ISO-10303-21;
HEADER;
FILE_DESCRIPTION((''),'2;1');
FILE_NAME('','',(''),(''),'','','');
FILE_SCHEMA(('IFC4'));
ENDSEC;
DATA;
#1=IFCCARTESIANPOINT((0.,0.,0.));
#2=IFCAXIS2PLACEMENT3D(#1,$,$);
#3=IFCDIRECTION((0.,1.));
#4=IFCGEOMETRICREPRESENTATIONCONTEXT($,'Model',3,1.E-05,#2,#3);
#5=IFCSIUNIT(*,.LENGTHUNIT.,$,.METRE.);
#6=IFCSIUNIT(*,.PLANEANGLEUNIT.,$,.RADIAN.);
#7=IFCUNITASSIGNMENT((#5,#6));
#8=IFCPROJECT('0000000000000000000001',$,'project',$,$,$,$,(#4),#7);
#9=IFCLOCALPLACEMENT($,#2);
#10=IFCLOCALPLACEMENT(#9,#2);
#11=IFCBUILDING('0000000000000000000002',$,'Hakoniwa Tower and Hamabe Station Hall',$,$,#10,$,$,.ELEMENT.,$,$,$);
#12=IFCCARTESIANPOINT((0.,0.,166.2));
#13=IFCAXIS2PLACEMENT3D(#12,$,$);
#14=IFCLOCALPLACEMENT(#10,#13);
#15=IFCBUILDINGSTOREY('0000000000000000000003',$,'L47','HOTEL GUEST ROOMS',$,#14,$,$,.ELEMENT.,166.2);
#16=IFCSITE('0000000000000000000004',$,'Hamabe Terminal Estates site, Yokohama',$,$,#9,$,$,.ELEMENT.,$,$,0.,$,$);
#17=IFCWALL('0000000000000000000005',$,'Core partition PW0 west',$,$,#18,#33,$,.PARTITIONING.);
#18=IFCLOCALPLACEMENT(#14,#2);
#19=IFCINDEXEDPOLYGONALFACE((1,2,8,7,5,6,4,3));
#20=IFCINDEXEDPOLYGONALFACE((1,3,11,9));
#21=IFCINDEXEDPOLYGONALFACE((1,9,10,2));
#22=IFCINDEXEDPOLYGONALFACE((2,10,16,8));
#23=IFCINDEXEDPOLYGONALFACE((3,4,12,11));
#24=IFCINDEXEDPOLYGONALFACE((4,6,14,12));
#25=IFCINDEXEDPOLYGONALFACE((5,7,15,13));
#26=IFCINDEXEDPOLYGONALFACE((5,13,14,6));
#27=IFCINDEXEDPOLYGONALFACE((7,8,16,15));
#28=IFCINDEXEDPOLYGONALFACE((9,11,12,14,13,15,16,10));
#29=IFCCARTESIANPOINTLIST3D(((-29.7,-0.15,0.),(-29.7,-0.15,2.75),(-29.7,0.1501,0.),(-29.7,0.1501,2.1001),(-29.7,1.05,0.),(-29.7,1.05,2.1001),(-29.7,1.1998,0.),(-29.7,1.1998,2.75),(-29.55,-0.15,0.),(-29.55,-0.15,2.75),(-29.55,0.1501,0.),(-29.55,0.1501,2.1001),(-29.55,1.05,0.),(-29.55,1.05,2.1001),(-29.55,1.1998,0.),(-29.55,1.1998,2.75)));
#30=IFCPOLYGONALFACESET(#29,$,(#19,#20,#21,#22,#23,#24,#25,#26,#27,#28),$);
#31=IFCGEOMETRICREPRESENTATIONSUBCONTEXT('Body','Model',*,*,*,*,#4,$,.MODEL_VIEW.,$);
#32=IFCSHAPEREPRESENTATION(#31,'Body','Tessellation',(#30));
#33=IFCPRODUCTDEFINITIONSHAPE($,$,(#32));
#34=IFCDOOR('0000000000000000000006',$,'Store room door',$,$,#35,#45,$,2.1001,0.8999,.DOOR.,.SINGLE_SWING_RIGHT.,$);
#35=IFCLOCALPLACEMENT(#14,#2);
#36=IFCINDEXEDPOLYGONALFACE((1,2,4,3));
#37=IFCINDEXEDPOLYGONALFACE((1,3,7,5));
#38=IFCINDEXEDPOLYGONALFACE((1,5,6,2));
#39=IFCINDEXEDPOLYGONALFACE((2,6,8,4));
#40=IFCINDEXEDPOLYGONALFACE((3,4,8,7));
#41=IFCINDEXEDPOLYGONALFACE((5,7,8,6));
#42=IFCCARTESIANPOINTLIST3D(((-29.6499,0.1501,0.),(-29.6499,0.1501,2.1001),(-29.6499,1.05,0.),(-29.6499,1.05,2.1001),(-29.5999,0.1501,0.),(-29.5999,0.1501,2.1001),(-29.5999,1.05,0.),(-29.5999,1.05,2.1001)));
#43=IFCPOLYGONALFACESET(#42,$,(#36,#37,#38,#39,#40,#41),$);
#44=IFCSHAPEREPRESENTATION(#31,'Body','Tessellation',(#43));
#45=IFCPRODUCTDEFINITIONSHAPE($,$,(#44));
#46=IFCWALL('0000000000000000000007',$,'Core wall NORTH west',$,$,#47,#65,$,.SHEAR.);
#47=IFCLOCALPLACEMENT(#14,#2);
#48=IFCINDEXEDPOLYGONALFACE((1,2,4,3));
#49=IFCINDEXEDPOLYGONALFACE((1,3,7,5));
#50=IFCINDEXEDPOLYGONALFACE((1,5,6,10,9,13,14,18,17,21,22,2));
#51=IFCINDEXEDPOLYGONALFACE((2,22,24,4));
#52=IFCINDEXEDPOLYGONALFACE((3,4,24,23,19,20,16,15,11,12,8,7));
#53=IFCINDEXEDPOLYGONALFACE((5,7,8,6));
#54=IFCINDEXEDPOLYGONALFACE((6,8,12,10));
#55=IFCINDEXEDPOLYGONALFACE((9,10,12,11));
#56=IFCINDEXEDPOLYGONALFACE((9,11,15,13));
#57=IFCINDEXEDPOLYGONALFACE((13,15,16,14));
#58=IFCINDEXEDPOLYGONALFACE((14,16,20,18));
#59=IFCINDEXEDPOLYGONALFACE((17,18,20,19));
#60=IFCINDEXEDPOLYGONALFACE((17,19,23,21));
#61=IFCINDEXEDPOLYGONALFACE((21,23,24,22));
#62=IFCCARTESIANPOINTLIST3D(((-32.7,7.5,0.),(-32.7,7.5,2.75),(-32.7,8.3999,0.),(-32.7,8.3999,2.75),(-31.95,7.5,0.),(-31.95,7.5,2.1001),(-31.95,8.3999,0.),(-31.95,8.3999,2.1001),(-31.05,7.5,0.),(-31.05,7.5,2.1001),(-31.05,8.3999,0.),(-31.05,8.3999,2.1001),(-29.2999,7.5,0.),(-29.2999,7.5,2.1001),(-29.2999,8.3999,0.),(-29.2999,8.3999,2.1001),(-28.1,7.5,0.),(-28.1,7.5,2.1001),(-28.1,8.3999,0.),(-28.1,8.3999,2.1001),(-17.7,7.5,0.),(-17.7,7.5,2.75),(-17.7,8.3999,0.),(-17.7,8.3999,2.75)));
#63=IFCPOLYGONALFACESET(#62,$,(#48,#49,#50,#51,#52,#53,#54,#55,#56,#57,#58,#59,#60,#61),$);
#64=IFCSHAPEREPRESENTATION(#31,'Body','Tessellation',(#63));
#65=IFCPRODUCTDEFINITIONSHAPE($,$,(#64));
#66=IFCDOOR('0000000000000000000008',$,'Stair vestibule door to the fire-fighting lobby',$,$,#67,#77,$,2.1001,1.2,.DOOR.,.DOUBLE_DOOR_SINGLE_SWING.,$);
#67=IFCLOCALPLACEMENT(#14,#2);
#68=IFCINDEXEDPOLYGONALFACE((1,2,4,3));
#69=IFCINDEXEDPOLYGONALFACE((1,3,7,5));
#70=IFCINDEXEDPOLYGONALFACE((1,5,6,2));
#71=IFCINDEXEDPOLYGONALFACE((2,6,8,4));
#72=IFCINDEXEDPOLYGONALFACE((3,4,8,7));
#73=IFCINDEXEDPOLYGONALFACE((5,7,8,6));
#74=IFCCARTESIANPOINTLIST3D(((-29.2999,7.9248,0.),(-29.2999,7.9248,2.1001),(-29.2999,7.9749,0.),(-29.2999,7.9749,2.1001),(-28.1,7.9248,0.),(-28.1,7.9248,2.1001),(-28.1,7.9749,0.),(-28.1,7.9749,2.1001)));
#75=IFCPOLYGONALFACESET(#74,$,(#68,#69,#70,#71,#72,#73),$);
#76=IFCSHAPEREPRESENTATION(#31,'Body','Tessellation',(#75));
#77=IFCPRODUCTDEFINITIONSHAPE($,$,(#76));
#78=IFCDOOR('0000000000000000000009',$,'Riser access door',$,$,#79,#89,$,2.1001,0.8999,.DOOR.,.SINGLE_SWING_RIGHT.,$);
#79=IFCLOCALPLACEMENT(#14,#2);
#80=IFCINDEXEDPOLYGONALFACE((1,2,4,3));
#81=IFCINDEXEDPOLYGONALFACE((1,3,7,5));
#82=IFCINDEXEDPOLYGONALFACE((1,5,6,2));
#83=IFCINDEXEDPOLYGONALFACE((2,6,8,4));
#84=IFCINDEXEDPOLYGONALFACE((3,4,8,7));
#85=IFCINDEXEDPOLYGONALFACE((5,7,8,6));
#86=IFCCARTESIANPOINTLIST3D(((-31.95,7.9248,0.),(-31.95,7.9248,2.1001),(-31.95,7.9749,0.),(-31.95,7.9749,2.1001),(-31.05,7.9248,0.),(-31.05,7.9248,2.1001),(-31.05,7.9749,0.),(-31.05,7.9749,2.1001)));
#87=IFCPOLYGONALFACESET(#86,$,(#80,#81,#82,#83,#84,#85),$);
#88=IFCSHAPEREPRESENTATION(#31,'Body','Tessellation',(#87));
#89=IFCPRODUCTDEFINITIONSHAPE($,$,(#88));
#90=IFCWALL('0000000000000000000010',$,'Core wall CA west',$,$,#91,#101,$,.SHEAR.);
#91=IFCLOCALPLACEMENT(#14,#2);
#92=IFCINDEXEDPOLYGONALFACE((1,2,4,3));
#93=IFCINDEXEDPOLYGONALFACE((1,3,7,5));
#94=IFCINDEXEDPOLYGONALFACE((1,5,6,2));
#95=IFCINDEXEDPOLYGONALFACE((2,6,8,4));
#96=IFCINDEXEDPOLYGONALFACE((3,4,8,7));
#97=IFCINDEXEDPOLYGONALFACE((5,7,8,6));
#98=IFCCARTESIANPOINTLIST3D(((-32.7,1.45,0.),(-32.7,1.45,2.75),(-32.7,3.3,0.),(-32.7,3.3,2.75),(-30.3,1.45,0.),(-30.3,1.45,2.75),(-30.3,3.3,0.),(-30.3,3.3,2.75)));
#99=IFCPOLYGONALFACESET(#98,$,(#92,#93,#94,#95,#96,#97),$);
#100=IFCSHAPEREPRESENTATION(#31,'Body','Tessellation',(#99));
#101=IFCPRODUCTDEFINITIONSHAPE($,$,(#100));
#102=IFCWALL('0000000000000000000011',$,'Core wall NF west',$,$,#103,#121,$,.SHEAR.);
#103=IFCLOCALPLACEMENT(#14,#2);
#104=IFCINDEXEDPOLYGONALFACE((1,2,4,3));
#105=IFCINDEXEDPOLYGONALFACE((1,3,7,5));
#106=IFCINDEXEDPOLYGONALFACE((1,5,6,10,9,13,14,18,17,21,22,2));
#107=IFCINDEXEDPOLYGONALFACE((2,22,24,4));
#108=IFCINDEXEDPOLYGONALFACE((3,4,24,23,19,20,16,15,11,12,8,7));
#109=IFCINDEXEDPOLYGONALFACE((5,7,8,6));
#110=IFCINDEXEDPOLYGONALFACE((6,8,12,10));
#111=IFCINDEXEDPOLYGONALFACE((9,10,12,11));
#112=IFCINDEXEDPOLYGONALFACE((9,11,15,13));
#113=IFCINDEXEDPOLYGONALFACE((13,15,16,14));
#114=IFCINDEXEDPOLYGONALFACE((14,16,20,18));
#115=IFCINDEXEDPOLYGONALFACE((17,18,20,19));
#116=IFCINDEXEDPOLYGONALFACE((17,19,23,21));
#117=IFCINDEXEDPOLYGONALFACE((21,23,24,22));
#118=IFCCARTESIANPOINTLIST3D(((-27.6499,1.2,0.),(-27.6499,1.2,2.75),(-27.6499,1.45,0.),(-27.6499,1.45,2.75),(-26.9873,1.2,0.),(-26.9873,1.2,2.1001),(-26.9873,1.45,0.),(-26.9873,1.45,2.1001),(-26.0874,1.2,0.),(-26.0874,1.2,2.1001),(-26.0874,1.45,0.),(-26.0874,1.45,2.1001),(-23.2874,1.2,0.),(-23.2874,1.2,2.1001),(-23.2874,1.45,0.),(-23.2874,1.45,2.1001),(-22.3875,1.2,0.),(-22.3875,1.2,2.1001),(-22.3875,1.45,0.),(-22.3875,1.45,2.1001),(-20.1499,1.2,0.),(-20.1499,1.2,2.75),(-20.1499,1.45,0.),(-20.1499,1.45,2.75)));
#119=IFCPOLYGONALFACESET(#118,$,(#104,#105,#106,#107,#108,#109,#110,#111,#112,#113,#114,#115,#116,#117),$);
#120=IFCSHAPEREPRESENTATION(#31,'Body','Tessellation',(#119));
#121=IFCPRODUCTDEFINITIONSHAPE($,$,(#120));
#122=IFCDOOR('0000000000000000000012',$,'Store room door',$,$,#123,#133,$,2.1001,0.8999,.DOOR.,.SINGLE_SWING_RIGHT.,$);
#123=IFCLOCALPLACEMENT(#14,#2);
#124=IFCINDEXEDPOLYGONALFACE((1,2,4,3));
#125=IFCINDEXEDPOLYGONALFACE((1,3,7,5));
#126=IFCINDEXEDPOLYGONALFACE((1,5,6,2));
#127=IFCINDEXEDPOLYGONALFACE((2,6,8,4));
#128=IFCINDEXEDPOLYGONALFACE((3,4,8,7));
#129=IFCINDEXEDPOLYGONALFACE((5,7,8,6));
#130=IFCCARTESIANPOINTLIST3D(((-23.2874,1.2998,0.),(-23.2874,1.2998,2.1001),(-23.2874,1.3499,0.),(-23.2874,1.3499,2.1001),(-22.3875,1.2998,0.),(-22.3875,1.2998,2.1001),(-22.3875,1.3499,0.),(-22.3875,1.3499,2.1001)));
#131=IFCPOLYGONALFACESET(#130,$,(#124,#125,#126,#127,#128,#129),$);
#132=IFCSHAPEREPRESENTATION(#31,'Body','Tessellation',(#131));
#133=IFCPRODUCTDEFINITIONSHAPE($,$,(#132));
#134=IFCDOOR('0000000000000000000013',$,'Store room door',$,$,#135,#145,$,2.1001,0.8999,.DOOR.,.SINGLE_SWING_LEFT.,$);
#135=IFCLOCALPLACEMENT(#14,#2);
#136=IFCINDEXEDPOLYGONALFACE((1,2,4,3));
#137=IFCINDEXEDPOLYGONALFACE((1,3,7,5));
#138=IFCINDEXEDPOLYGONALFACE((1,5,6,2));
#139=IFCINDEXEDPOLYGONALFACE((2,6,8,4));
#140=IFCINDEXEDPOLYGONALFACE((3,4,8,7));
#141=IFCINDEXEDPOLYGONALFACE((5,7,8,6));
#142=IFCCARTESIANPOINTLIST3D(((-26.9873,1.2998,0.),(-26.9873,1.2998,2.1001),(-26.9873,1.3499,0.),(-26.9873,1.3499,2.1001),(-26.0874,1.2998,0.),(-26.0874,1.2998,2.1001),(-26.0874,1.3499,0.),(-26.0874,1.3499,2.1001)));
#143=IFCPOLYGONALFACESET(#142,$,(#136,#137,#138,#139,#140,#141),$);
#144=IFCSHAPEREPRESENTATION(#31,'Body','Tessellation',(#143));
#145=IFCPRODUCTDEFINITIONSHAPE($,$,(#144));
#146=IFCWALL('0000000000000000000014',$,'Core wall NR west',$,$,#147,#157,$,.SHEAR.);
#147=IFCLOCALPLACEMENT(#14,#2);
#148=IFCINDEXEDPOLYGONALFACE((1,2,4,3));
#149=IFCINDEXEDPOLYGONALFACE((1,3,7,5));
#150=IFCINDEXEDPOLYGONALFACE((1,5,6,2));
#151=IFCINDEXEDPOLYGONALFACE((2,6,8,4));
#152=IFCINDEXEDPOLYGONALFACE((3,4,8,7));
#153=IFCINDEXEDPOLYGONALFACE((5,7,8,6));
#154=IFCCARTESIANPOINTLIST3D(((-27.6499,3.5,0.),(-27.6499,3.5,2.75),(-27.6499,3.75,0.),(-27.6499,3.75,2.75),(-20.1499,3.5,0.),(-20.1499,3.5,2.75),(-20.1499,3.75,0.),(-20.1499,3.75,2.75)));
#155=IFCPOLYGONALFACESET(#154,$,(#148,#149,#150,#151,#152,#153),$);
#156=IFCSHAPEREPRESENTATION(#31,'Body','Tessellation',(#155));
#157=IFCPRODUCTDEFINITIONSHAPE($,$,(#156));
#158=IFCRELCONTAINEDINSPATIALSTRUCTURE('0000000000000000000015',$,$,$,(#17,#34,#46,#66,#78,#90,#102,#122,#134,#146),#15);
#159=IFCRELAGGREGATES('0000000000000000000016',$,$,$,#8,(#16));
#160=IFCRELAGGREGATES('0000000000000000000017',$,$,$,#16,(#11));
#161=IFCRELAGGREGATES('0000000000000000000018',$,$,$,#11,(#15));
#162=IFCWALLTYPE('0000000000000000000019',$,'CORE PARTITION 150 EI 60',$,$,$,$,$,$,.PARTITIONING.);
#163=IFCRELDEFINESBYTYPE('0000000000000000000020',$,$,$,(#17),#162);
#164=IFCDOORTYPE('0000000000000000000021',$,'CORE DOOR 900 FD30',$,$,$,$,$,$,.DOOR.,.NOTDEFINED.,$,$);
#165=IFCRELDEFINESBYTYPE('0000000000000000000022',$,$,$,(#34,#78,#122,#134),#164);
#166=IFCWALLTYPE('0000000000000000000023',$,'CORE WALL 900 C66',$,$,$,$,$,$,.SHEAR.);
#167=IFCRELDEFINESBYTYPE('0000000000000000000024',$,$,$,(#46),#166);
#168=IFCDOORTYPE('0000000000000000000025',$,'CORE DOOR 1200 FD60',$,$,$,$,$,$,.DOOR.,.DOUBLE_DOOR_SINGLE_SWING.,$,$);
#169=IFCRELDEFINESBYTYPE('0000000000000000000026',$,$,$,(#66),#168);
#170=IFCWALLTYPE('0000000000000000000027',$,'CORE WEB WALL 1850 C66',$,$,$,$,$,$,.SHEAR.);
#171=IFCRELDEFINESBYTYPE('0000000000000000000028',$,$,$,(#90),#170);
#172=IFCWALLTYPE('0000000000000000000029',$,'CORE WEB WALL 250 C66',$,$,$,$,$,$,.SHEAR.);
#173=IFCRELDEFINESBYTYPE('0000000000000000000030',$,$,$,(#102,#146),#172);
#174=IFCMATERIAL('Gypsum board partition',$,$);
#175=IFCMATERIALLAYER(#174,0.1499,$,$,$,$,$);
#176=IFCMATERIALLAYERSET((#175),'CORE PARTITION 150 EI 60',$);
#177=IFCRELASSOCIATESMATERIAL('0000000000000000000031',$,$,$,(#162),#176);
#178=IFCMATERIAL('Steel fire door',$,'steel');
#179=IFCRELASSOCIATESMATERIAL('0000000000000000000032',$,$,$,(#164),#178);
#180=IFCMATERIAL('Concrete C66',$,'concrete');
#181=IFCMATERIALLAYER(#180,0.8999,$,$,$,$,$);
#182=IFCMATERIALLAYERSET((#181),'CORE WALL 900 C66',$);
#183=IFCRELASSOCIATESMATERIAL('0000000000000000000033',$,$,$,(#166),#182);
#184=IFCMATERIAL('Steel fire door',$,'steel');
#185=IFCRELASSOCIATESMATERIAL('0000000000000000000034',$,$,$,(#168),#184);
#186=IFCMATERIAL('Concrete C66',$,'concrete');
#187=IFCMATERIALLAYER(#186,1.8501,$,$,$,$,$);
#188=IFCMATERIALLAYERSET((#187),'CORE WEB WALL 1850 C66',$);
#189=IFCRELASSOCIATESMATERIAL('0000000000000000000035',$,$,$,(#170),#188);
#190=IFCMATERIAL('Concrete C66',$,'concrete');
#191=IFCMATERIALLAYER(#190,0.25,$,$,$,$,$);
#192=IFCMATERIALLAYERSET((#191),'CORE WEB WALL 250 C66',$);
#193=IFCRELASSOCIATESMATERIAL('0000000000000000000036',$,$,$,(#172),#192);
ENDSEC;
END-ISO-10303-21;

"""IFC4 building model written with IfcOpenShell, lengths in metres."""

from ifc_helpers import new_model, si_unit, direction, frame, frame_2d, origin, place, context, subcontext, project, spatial, rectangle, extrude, material, layer, layer_set, type_object, element, fill, save


model = new_model("IFC4")

# Units and contexts
model_context = context("Model", 3, precision=1e-05, world=origin(), true_north=direction((0.0, 1.0)))
body_context = subcontext(model_context, "Body", "Model", "MODEL_VIEW")
ifc_project = project(units=[si_unit("LENGTHUNIT", "METRE"), si_unit("PLANEANGLEUNIT", "RADIAN")], contexts=[model_context])

# Site, building, storey
site_placement = place(None, origin())
site = spatial("IfcSite", under=ifc_project, at=site_placement, Name="Hamabe Terminal Estates site, Yokohama", CompositionType="ELEMENT", RefElevation=0.0)
building_placement = place(site_placement, origin())
building = spatial("IfcBuilding", under=site, at=building_placement, Name="Hakoniwa Tower and Hamabe Station Hall", CompositionType="ELEMENT")
storey_placement = place(building_placement, frame((0.0, 0.0, 166.2)))
storey = spatial("IfcBuildingStorey", under=building, at=storey_placement, Name="L47", Description="HOTEL GUEST ROOMS", CompositionType="ELEMENT", Elevation=166.2)

# Wall, opening, door
ifc_material_1 = material(Name="Gypsum board partition")
ifc_layer_1 = layer(ifc_material_1, 0.1499)
ifc_layer_set_1 = layer_set([ifc_layer_1], Name="CORE PARTITION 150 EI 60")
wall_type_1 = type_object("IfcWallType", Name="CORE PARTITION 150 EI 60", PredefinedType="PARTITIONING", material=ifc_layer_set_1)
wall_1_placement = place(storey_placement, frame((-29.625, -0.1499, 0.0), z_axis=(0.0, 0.0, 1.0), x_axis=(0.0, 1.0, 0.0)))
wall_1 = element("IfcWall", 1, at=wall_1_placement, inside=storey, type_object=wall_type_1, Name="Core partition PW0 west", PredefinedType="PARTITIONING", context=body_context, shape_type="SweptSolid", body=[
    extrude(rectangle(XDim=1.3499, YDim=0.1499, at=frame_2d((0.6748, 0.0))), origin(), (0.0, 0.0, 1.0), 2.75),
])
opening_1_placement = place(wall_1_placement, frame((0.3, 0.0, 0.0)))
opening_1 = element("IfcOpeningElement", 2, at=opening_1_placement, cuts=wall_1, PredefinedType="OPENING", context=body_context, shape_type="SweptSolid", body=[
    extrude(rectangle(XDim=0.8999, YDim=2.1001, at=frame_2d((0.45, 1.05))), frame((0.0, 0.085, 0.0), z_axis=(0.0, -1.0, 0.0), x_axis=(1.0, 0.0, 0.0)), (0.0, 0.0, 1.0), 0.1699),
])
ifc_material_2 = material(Name="Steel fire door", Category="steel")
door_type_1 = type_object("IfcDoorType", Name="CORE DOOR 900 FD30", OperationType="NOTDEFINED", PredefinedType="DOOR", material=ifc_material_2)
door_1_placement = place(opening_1_placement, origin())
door_1 = element("IfcDoor", 3, at=door_1_placement, inside=storey, type_object=door_type_1, Name="Store room door", OperationType="SINGLE_SWING_RIGHT", OverallHeight=2.1001, OverallWidth=0.8999, PredefinedType="DOOR", context=body_context, shape_type="SweptSolid", body=[
    extrude(rectangle(XDim=0.8999, YDim=2.1001, at=frame_2d((0.45, 1.05))), frame((0.0, 0.0249, 0.0), z_axis=(0.0, -1.0, 0.0), x_axis=(1.0, 0.0, 0.0)), (0.0, 0.0, 1.0), 0.05),
])
fill(opening_1, door_1)

# Wall, openings, doors
ifc_material_3 = material(Name="Concrete C66", Category="concrete")
ifc_layer_2 = layer(ifc_material_3, 0.8999)
ifc_layer_set_2 = layer_set([ifc_layer_2], Name="CORE WALL 900 C66")
wall_type_2 = type_object("IfcWallType", Name="CORE WALL 900 C66", PredefinedType="SHEAR", material=ifc_layer_set_2)
wall_2_placement = place(storey_placement, frame((-32.7, 7.95, 0.0), z_axis=(0.0, 0.0, 1.0), x_axis=(1.0, 0.0, 0.0)))
wall_2 = element("IfcWall", 4, at=wall_2_placement, inside=storey, type_object=wall_type_2, Name="Core wall NORTH west", PredefinedType="SHEAR", context=body_context, shape_type="SweptSolid", body=[
    extrude(rectangle(XDim=15.0, YDim=0.8999, at=frame_2d((7.5, 0.0))), origin(), (0.0, 0.0, 1.0), 2.75),
])
opening_2_placement = place(wall_2_placement, frame((3.3999, 0.0, 0.0)))
opening_2 = element("IfcOpeningElement", 5, at=opening_2_placement, cuts=wall_2, PredefinedType="OPENING", context=body_context, shape_type="SweptSolid", body=[
    extrude(rectangle(XDim=1.2, YDim=2.1001, at=frame_2d((0.6001, 1.05))), frame((0.0, 0.46, 0.0), z_axis=(0.0, -1.0, 0.0), x_axis=(1.0, 0.0, 0.0)), (0.0, 0.0, 1.0), 0.9199),
])
opening_3_placement = place(wall_2_placement, frame((0.75, 0.0, 0.0)))
opening_3 = element("IfcOpeningElement", 6, at=opening_3_placement, cuts=wall_2, PredefinedType="OPENING", context=body_context, shape_type="SweptSolid", body=[
    extrude(rectangle(XDim=0.8999, YDim=2.1001, at=frame_2d((0.45, 1.05))), frame((0.0, 0.46, 0.0), z_axis=(0.0, -1.0, 0.0), x_axis=(1.0, 0.0, 0.0)), (0.0, 0.0, 1.0), 0.9199),
])
ifc_material_4 = material(Name="Steel fire door", Category="steel")
door_type_2 = type_object("IfcDoorType", Name="CORE DOOR 1200 FD60", OperationType="DOUBLE_DOOR_SINGLE_SWING", PredefinedType="DOOR", material=ifc_material_4)
door_2_placement = place(opening_2_placement, origin())
door_2 = element("IfcDoor", 7, at=door_2_placement, inside=storey, type_object=door_type_2, Name="Stair vestibule door to the fire-fighting lobby", OperationType="DOUBLE_DOOR_SINGLE_SWING", OverallHeight=2.1001, OverallWidth=1.2, PredefinedType="DOOR", context=body_context, shape_type="SweptSolid", body=[
    extrude(rectangle(XDim=1.2, YDim=2.1001, at=frame_2d((0.6001, 1.05))), frame((0.0, 0.0249, 0.0), z_axis=(0.0, -1.0, 0.0), x_axis=(1.0, 0.0, 0.0)), (0.0, 0.0, 1.0), 0.05),
])
fill(opening_2, door_2)
door_3_placement = place(opening_3_placement, origin())
door_3 = element("IfcDoor", 8, at=door_3_placement, inside=storey, type_object=door_type_1, Name="Riser access door", OperationType="SINGLE_SWING_RIGHT", OverallHeight=2.1001, OverallWidth=0.8999, PredefinedType="DOOR", context=body_context, shape_type="SweptSolid", body=[
    extrude(rectangle(XDim=0.8999, YDim=2.1001, at=frame_2d((0.45, 1.05))), frame((0.0, 0.0249, 0.0), z_axis=(0.0, -1.0, 0.0), x_axis=(1.0, 0.0, 0.0)), (0.0, 0.0, 1.0), 0.05),
])
fill(opening_3, door_3)

# Wall
ifc_material_5 = material(Name="Concrete C66", Category="concrete")
ifc_layer_3 = layer(ifc_material_5, 1.8501)
ifc_layer_set_3 = layer_set([ifc_layer_3], Name="CORE WEB WALL 1850 C66")
wall_type_3 = type_object("IfcWallType", Name="CORE WEB WALL 1850 C66", PredefinedType="SHEAR", material=ifc_layer_set_3)
wall_3_placement = place(storey_placement, frame((-32.7, 2.375, 0.0), z_axis=(0.0, 0.0, 1.0), x_axis=(1.0, 0.0, 0.0)))
element("IfcWall", 9, at=wall_3_placement, inside=storey, type_object=wall_type_3, Name="Core wall CA west", PredefinedType="SHEAR", context=body_context, shape_type="SweptSolid", body=[
    extrude(rectangle(XDim=2.3999, YDim=1.8501, at=frame_2d((1.2, 0.0))), origin(), (0.0, 0.0, 1.0), 2.75),
])

# Wall, openings, doors
ifc_material_6 = material(Name="Concrete C66", Category="concrete")
ifc_layer_4 = layer(ifc_material_6, 0.25)
ifc_layer_set_4 = layer_set([ifc_layer_4], Name="CORE WEB WALL 250 C66")
wall_type_4 = type_object("IfcWallType", Name="CORE WEB WALL 250 C66", PredefinedType="SHEAR", material=ifc_layer_set_4)
wall_4_placement = place(storey_placement, frame((-27.6499, 1.325, 0.0), z_axis=(0.0, 0.0, 1.0), x_axis=(1.0, 0.0, 0.0)))
wall_4 = element("IfcWall", 10, at=wall_4_placement, inside=storey, type_object=wall_type_4, Name="Core wall NF west", PredefinedType="SHEAR", context=body_context, shape_type="SweptSolid", body=[
    extrude(rectangle(XDim=7.5, YDim=0.25, at=frame_2d((3.75, 0.0))), origin(), (0.0, 0.0, 1.0), 2.75),
])
opening_4_placement = place(wall_4_placement, frame((4.3625, 0.0, 0.0)))
opening_4 = element("IfcOpeningElement", 11, at=opening_4_placement, cuts=wall_4, PredefinedType="OPENING", context=body_context, shape_type="SweptSolid", body=[
    extrude(rectangle(XDim=0.8999, YDim=2.1001, at=frame_2d((0.45, 1.05))), frame((0.0, 0.135, 0.0), z_axis=(0.0, -1.0, 0.0), x_axis=(1.0, 0.0, 0.0)), (0.0, 0.0, 1.0), 0.27),
])
opening_5_placement = place(wall_4_placement, frame((0.6626, 0.0, 0.0)))
opening_5 = element("IfcOpeningElement", 12, at=opening_5_placement, cuts=wall_4, PredefinedType="OPENING", context=body_context, shape_type="SweptSolid", body=[
    extrude(rectangle(XDim=0.8999, YDim=2.1001, at=frame_2d((0.45, 1.05))), frame((0.0, 0.135, 0.0), z_axis=(0.0, -1.0, 0.0), x_axis=(1.0, 0.0, 0.0)), (0.0, 0.0, 1.0), 0.27),
])
door_4_placement = place(opening_4_placement, origin())
door_4 = element("IfcDoor", 13, at=door_4_placement, inside=storey, type_object=door_type_1, Name="Store room door", OperationType="SINGLE_SWING_RIGHT", OverallHeight=2.1001, OverallWidth=0.8999, PredefinedType="DOOR", context=body_context, shape_type="SweptSolid", body=[
    extrude(rectangle(XDim=0.8999, YDim=2.1001, at=frame_2d((0.45, 1.05))), frame((0.0, 0.0249, 0.0), z_axis=(0.0, -1.0, 0.0), x_axis=(1.0, 0.0, 0.0)), (0.0, 0.0, 1.0), 0.05),
])
fill(opening_4, door_4)
door_5_placement = place(opening_5_placement, origin())
door_5 = element("IfcDoor", 14, at=door_5_placement, inside=storey, type_object=door_type_1, Name="Store room door", OperationType="SINGLE_SWING_LEFT", OverallHeight=2.1001, OverallWidth=0.8999, PredefinedType="DOOR", context=body_context, shape_type="SweptSolid", body=[
    extrude(rectangle(XDim=0.8999, YDim=2.1001, at=frame_2d((0.45, 1.05))), frame((0.0, 0.0249, 0.0), z_axis=(0.0, -1.0, 0.0), x_axis=(1.0, 0.0, 0.0)), (0.0, 0.0, 1.0), 0.05),
])
fill(opening_5, door_5)

# Wall
wall_5_placement = place(storey_placement, frame((-27.6499, 3.625, 0.0), z_axis=(0.0, 0.0, 1.0), x_axis=(1.0, 0.0, 0.0)))
element("IfcWall", 15, at=wall_5_placement, inside=storey, type_object=wall_type_4, Name="Core wall NR west", PredefinedType="SHEAR", context=body_context, shape_type="SweptSolid", body=[
    extrude(rectangle(XDim=7.5, YDim=0.25, at=frame_2d((3.75, 0.0))), origin(), (0.0, 0.0, 1.0), 2.75),
])

save(model, "model.ifc")
